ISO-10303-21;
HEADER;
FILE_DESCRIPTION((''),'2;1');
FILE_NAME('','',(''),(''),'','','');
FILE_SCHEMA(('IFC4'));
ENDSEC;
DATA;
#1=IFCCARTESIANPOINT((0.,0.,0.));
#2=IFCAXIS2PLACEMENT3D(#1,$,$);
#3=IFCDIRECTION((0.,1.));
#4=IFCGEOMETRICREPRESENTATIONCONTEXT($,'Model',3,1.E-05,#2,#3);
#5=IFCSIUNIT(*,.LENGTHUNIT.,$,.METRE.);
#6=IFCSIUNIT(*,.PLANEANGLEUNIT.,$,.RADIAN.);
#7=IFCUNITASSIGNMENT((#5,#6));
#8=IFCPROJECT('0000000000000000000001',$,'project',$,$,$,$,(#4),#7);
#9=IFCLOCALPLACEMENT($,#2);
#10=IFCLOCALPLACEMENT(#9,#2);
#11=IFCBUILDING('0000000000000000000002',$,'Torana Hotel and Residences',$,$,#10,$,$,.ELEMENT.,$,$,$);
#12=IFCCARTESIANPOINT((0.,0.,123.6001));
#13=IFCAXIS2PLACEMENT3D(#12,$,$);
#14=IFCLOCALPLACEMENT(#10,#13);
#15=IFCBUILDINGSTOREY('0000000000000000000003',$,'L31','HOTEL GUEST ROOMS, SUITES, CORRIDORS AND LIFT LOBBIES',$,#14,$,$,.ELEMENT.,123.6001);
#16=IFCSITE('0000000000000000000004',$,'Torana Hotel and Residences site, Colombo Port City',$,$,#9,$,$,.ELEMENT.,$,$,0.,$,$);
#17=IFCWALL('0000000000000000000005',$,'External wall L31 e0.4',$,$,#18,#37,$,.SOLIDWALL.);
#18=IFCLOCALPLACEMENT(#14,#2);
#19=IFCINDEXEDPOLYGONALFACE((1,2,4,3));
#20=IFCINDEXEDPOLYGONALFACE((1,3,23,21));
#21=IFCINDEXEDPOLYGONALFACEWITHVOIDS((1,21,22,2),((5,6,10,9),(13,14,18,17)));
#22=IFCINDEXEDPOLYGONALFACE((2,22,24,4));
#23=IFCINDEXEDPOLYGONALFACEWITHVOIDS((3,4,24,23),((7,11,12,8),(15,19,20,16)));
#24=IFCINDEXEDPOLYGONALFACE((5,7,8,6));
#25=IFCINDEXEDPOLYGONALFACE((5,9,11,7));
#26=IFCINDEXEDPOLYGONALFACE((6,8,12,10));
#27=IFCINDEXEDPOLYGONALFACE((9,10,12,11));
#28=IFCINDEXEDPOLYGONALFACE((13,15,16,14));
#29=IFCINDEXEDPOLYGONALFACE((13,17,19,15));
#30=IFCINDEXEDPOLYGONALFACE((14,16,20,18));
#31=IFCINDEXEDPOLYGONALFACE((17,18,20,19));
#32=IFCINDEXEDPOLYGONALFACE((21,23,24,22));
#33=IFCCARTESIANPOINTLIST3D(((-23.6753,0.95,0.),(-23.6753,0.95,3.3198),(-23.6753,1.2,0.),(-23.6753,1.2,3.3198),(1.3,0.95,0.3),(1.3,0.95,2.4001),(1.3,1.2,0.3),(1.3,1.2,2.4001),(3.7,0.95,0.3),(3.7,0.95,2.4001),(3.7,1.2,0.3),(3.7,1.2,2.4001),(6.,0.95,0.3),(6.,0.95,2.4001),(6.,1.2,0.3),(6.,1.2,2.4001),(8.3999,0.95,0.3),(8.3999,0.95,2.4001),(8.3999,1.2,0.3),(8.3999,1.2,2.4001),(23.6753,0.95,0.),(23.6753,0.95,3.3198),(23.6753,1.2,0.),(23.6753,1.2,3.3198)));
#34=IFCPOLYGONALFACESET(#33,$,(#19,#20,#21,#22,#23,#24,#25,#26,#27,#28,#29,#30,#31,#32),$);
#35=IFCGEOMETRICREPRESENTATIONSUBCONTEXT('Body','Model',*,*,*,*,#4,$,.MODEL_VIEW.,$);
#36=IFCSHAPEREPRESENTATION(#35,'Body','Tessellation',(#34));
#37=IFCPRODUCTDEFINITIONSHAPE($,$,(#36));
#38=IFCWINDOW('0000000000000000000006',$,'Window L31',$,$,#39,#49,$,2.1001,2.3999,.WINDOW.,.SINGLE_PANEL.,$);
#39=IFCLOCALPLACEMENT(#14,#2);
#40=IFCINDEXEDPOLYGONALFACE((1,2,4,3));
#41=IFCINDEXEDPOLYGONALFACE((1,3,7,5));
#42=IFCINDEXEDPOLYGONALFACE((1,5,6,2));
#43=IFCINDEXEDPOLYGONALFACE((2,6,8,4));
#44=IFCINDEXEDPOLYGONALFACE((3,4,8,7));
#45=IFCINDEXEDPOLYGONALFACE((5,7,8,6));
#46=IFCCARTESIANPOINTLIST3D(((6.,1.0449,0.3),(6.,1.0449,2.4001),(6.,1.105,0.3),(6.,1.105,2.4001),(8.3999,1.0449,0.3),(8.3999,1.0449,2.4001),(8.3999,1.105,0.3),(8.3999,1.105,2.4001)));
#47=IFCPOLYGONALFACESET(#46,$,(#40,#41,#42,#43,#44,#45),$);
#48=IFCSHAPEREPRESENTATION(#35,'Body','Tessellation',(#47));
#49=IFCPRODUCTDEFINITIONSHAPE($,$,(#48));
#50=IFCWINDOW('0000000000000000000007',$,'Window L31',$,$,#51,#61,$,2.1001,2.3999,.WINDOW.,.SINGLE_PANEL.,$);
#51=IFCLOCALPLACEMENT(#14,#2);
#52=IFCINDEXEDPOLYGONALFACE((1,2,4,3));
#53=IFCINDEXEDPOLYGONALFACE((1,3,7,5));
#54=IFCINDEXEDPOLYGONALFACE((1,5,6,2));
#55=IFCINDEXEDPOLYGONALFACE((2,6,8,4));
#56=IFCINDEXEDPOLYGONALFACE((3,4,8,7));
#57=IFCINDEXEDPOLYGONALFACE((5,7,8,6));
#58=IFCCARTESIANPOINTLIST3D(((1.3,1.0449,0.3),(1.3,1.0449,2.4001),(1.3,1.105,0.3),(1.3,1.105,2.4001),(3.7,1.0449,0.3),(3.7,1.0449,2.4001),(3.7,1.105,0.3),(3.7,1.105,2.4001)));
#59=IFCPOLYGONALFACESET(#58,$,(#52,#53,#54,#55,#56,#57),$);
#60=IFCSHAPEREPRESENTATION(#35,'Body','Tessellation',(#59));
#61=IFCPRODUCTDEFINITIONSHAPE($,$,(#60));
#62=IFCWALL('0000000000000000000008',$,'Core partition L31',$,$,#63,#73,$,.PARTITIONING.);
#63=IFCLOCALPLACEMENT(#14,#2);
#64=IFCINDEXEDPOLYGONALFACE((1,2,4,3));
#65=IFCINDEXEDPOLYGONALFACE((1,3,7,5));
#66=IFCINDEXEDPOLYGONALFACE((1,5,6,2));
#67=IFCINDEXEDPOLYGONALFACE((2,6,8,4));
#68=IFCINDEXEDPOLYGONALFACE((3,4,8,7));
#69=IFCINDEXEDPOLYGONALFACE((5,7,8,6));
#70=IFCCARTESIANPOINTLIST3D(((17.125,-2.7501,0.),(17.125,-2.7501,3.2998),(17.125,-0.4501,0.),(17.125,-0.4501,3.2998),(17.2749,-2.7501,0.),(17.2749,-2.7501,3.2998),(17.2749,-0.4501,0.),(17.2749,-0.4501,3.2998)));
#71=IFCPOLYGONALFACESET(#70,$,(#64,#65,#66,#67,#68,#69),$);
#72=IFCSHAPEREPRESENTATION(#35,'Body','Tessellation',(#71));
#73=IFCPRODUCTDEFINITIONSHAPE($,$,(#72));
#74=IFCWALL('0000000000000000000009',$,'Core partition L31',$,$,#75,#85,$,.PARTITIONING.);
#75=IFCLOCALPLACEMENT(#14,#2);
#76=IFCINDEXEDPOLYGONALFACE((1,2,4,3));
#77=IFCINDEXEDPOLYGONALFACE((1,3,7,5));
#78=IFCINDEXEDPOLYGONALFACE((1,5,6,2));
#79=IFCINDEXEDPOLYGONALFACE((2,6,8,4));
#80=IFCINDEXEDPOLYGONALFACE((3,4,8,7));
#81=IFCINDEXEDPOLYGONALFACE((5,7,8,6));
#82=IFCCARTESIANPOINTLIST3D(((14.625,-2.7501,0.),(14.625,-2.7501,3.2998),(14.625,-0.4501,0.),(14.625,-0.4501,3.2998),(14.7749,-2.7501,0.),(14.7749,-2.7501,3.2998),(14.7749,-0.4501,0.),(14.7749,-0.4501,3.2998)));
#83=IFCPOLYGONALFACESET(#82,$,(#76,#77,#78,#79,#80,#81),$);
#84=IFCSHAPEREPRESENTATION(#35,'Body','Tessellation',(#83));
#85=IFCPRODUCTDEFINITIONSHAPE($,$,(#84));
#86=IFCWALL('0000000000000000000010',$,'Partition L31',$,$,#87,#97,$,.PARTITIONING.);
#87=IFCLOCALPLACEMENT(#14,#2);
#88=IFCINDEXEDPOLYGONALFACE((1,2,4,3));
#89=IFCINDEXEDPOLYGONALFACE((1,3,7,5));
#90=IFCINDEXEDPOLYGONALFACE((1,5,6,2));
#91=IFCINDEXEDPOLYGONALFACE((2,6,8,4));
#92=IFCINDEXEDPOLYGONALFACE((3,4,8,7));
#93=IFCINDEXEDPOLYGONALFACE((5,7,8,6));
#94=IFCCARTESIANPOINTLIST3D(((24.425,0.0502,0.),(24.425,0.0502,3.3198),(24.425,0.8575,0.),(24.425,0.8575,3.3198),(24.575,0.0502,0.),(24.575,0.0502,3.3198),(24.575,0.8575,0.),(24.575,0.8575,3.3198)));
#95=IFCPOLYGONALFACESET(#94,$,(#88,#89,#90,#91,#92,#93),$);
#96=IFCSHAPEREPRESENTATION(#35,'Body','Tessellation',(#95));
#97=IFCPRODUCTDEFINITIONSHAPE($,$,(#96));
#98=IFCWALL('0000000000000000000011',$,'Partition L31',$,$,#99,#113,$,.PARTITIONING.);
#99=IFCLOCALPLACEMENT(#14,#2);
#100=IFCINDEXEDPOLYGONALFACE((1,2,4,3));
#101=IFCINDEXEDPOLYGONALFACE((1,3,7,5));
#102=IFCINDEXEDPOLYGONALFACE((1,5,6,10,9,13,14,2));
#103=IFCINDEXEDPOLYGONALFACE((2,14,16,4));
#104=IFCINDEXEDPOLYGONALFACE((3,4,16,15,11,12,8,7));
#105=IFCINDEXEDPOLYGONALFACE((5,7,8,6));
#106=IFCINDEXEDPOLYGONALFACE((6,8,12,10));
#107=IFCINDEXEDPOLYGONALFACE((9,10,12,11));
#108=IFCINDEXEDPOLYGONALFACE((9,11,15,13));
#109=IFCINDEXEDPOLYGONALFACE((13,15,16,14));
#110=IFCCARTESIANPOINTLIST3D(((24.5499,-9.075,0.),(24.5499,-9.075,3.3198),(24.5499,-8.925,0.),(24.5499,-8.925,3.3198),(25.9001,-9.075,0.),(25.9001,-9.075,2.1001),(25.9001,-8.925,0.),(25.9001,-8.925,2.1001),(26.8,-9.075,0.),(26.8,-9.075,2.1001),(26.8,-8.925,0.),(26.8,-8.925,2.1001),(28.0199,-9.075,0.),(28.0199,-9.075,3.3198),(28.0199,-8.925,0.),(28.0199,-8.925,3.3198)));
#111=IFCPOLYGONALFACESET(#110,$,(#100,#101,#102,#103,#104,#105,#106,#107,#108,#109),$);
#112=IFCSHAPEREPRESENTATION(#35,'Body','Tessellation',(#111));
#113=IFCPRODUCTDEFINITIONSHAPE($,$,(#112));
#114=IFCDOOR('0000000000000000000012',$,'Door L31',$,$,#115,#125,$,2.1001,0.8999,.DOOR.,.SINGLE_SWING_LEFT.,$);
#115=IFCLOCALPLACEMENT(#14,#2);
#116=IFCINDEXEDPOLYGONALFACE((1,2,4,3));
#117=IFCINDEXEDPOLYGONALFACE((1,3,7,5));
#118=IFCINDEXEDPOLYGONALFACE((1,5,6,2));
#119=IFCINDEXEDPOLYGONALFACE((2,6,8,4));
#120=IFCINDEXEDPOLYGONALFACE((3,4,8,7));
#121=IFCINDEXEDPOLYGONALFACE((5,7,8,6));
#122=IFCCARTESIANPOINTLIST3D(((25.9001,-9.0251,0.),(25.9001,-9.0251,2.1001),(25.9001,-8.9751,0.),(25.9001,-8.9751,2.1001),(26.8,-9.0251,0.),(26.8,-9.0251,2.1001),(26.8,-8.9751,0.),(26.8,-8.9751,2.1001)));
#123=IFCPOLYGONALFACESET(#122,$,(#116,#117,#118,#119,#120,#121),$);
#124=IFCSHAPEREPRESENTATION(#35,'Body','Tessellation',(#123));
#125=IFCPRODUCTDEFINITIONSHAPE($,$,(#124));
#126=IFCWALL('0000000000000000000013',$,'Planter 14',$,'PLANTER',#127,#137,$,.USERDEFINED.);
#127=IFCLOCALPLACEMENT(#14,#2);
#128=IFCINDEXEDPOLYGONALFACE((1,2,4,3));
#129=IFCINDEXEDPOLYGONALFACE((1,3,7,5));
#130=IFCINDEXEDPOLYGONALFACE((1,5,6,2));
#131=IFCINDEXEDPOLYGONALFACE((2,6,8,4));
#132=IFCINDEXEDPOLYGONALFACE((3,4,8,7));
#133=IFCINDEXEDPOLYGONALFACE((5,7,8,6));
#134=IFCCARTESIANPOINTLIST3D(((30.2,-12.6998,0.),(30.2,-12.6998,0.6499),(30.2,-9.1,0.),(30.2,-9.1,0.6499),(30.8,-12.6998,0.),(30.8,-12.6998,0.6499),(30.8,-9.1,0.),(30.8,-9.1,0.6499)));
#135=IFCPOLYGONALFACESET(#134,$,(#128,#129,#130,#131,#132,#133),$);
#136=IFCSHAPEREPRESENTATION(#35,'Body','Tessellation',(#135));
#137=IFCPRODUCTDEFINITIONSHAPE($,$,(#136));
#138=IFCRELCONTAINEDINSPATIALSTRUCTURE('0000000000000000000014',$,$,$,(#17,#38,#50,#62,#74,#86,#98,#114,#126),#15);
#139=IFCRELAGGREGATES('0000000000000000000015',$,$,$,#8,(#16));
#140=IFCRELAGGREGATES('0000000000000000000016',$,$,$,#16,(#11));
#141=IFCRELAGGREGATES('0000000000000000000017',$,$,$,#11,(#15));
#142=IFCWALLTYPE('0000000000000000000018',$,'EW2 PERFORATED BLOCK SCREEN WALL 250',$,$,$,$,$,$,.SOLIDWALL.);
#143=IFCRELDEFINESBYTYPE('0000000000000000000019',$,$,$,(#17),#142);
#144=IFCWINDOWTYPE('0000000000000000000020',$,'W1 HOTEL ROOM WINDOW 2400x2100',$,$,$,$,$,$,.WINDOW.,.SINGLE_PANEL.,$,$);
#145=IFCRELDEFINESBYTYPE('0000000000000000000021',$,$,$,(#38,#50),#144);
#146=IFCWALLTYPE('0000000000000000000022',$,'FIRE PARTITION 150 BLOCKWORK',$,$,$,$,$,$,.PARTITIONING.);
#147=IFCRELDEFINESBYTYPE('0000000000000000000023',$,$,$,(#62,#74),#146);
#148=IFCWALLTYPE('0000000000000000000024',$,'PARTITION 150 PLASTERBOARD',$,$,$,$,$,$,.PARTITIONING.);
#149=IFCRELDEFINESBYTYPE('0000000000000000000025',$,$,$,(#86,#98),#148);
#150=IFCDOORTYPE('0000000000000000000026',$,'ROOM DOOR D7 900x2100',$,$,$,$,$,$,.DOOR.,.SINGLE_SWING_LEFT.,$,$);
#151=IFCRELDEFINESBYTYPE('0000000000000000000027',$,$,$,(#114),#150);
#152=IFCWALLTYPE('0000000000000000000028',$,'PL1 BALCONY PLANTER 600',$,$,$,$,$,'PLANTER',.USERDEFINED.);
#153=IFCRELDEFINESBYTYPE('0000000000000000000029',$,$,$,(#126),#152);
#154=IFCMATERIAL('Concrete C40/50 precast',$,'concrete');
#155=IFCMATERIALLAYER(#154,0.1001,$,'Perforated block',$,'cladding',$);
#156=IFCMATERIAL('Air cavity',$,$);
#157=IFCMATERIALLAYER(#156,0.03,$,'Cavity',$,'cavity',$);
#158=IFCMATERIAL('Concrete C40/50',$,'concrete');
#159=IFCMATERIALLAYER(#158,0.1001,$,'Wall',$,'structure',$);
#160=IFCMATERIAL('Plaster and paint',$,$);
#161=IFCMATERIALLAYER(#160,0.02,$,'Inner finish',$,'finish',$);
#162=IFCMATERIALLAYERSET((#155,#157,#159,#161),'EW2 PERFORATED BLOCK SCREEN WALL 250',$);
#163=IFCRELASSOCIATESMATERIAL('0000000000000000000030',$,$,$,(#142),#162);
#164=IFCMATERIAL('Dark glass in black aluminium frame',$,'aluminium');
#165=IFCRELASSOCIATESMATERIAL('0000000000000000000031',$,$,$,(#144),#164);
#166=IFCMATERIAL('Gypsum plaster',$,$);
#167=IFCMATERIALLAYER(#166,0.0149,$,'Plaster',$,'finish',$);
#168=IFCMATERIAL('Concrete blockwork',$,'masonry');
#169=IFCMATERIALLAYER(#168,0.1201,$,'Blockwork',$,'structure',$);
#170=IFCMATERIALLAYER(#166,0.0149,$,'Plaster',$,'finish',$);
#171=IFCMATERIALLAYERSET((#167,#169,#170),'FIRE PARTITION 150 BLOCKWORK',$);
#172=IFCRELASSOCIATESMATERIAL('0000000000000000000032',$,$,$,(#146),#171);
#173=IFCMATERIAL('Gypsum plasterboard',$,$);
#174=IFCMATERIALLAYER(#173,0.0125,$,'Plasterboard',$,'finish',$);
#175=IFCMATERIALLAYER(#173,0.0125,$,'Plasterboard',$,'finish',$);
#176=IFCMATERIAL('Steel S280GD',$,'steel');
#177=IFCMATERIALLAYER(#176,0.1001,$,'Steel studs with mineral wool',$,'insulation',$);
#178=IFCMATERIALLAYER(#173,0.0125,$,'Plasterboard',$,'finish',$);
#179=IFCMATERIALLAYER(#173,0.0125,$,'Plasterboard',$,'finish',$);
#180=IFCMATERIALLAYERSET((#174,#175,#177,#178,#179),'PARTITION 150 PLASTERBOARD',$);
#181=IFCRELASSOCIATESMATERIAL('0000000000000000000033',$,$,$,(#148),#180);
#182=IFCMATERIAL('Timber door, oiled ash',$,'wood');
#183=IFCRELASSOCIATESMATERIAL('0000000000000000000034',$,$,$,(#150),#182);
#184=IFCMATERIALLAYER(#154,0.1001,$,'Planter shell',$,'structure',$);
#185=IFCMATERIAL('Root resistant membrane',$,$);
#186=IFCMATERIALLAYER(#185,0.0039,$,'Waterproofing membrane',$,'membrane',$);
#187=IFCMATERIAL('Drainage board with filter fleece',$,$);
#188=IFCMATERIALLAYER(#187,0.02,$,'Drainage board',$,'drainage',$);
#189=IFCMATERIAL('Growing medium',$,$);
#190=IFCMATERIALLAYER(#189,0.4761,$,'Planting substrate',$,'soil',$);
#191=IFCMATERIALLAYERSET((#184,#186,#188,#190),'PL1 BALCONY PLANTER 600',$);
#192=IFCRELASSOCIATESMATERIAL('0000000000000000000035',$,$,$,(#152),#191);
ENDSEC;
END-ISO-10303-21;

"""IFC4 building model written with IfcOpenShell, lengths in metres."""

from ifc_helpers import new_model, si_unit, direction, frame, frame_2d, origin, place, context, subcontext, project, spatial, rectangle, extrude, material, layer, layer_set, type_object, element, fill, save


model = new_model("IFC4")

# Units and contexts
model_context = context("Model", 3, precision=1e-05, world=origin(), true_north=direction((0.0, 1.0)))
body_context = subcontext(model_context, "Body", "Model", "MODEL_VIEW")
ifc_project = project(units=[si_unit("LENGTHUNIT", "METRE"), si_unit("PLANEANGLEUNIT", "RADIAN")], contexts=[model_context])

# Site, building, storey
site_placement = place(None, origin())
site = spatial("IfcSite", under=ifc_project, at=site_placement, Name="Torana Hotel and Residences site, Colombo Port City", CompositionType="ELEMENT", RefElevation=0.0)
building_placement = place(site_placement, origin())
building = spatial("IfcBuilding", under=site, at=building_placement, Name="Torana Hotel and Residences", CompositionType="ELEMENT")
storey_placement = place(building_placement, frame((0.0, 0.0, 123.6001)))
storey = spatial("IfcBuildingStorey", under=building, at=storey_placement, Name="L31", Description="HOTEL GUEST ROOMS, SUITES, CORRIDORS AND LIFT LOBBIES", CompositionType="ELEMENT", Elevation=123.6001)

# Shared definitions
ifc_material_1 = material(Name="Steel S280GD", Category="steel")

# Wall, openings, windows
ifc_material_2 = material(Name="Concrete C40/50 precast", Category="concrete")
ifc_layer_1 = layer(ifc_material_2, 0.1001, Name="Perforated block", Category="cladding")
ifc_material_3 = material(Name="Air cavity")
ifc_layer_2 = layer(ifc_material_3, 0.03, Name="Cavity", Category="cavity")
ifc_material_4 = material(Name="Concrete C40/50", Category="concrete")
ifc_layer_3 = layer(ifc_material_4, 0.1001, Name="Wall", Category="structure")
ifc_material_5 = material(Name="Plaster and paint")
ifc_layer_4 = layer(ifc_material_5, 0.02, Name="Inner finish", Category="finish")
ifc_layer_set_1 = layer_set([ifc_layer_1, ifc_layer_2, ifc_layer_3, ifc_layer_4], Name="EW2 PERFORATED BLOCK SCREEN WALL 250")
wall_type_1 = type_object("IfcWallType", Name="EW2 PERFORATED BLOCK SCREEN WALL 250", PredefinedType="SOLIDWALL", material=ifc_layer_set_1)
wall_1_placement = place(storey_placement, frame((23.6753, 1.075, 0.0), z_axis=(0.0, 0.0, 1.0), x_axis=(-1.0, 0.0, 0.0)))
wall_1 = element("IfcWall", 1, at=wall_1_placement, inside=storey, type_object=wall_type_1, Name="External wall L31 e0.4", PredefinedType="SOLIDWALL", context=body_context, shape_type="SweptSolid", body=[
    extrude(rectangle(XDim=47.3506, YDim=0.25, at=frame_2d((23.6753, 0.0))), origin(), (0.0, 0.0, 1.0), 3.3198),
])
opening_1_placement = place(wall_1_placement, frame((15.2754, 0.0, 0.3)))
opening_1 = element("IfcOpeningElement", 2, at=opening_1_placement, cuts=wall_1, PredefinedType="OPENING", context=body_context, shape_type="SweptSolid", body=[
    extrude(rectangle(XDim=2.3999, YDim=2.1001, at=frame_2d((1.2, 1.05))), frame((0.0, 0.135, 0.0), z_axis=(0.0, -1.0, 0.0), x_axis=(1.0, 0.0, 0.0)), (0.0, 0.0, 1.0), 0.27),
])
opening_2_placement = place(wall_1_placement, frame((19.9753, 0.0, 0.3)))
opening_2 = element("IfcOpeningElement", 3, at=opening_2_placement, cuts=wall_1, PredefinedType="OPENING", context=body_context, shape_type="SweptSolid", body=[
    extrude(rectangle(XDim=2.3999, YDim=2.1001, at=frame_2d((1.2, 1.05))), frame((0.0, 0.135, 0.0), z_axis=(0.0, -1.0, 0.0), x_axis=(1.0, 0.0, 0.0)), (0.0, 0.0, 1.0), 0.27),
])
ifc_material_6 = material(Name="Dark glass in black aluminium frame", Category="aluminium")
window_type = type_object("IfcWindowType", Name="W1 HOTEL ROOM WINDOW 2400x2100", PartitioningType="SINGLE_PANEL", PredefinedType="WINDOW", material=ifc_material_6)
window_1_placement = place(opening_1_placement, origin())
window_1 = element("IfcWindow", 4, at=window_1_placement, inside=storey, type_object=window_type, Name="Window L31", OverallHeight=2.1001, OverallWidth=2.3999, PartitioningType="SINGLE_PANEL", PredefinedType="WINDOW", context=body_context, shape_type="SweptSolid", body=[
    extrude(rectangle(XDim=2.3999, YDim=2.1001, at=frame_2d((1.2, 1.05))), frame((0.0, 0.03, 0.0), z_axis=(0.0, -1.0, 0.0), x_axis=(1.0, 0.0, 0.0)), (0.0, 0.0, 1.0), 0.0601),
])
fill(opening_1, window_1)
window_2_placement = place(opening_2_placement, origin())
window_2 = element("IfcWindow", 5, at=window_2_placement, inside=storey, type_object=window_type, Name="Window L31", OverallHeight=2.1001, OverallWidth=2.3999, PartitioningType="SINGLE_PANEL", PredefinedType="WINDOW", context=body_context, shape_type="SweptSolid", body=[
    extrude(rectangle(XDim=2.3999, YDim=2.1001, at=frame_2d((1.2, 1.05))), frame((0.0, 0.03, 0.0), z_axis=(0.0, -1.0, 0.0), x_axis=(1.0, 0.0, 0.0)), (0.0, 0.0, 1.0), 0.0601),
])
fill(opening_2, window_2)

# Walls
ifc_material_7 = material(Name="Gypsum plaster")
ifc_layer_5 = layer(ifc_material_7, 0.0149, Name="Plaster", Category="finish")
ifc_material_8 = material(Name="Concrete blockwork", Category="masonry")
ifc_layer_6 = layer(ifc_material_8, 0.1201, Name="Blockwork", Category="structure")
ifc_layer_7 = layer(ifc_material_7, 0.0149, Name="Plaster", Category="finish")
ifc_layer_set_2 = layer_set([ifc_layer_5, ifc_layer_6, ifc_layer_7], Name="FIRE PARTITION 150 BLOCKWORK")
wall_type_2 = type_object("IfcWallType", Name="FIRE PARTITION 150 BLOCKWORK", PredefinedType="PARTITIONING", material=ifc_layer_set_2)
for number, where, z_axis, x_axis, name in (
    (6, (17.2, -2.75, 0.0), (0.0, 0.0, 1.0), (0.0, 1.0, 0.0), "Core partition L31"),
    (7, (14.7, -2.75, 0.0), (0.0, 0.0, 1.0), (0.0, 1.0, 0.0), "Core partition L31"),
):
    element("IfcWall", number, at=place(storey_placement, frame(where, z_axis=z_axis, x_axis=x_axis)), inside=storey, type_object=wall_type_2, Name=name, PredefinedType="PARTITIONING", context=body_context, shape_type="SweptSolid", body=[
        extrude(rectangle(XDim=2.3, YDim=0.1499, at=frame_2d((1.1499, 0.0))), origin(), (0.0, 0.0, 1.0), 3.2998),
    ])
ifc_material_9 = material(Name="Gypsum plasterboard")
ifc_layer_8 = layer(ifc_material_9, 0.0125, Name="Plasterboard", Category="finish")
ifc_layer_9 = layer(ifc_material_9, 0.0125, Name="Plasterboard", Category="finish")
ifc_layer_10 = layer(ifc_material_1, 0.1001, Name="Steel studs with mineral wool", Category="insulation")
ifc_layer_11 = layer(ifc_material_9, 0.0125, Name="Plasterboard", Category="finish")
ifc_layer_12 = layer(ifc_material_9, 0.0125, Name="Plasterboard", Category="finish")
ifc_layer_set_3 = layer_set([ifc_layer_8, ifc_layer_9, ifc_layer_10, ifc_layer_11, ifc_layer_12], Name="PARTITION 150 PLASTERBOARD")
wall_type_3 = type_object("IfcWallType", Name="PARTITION 150 PLASTERBOARD", PredefinedType="PARTITIONING", material=ifc_layer_set_3)
wall_2_placement = place(storey_placement, frame((24.5, 0.05, 0.0), z_axis=(0.0, 0.0, 1.0), x_axis=(0.0, 1.0, 0.0)))
element("IfcWall", 8, at=wall_2_placement, inside=storey, type_object=wall_type_3, Name="Partition L31", PredefinedType="PARTITIONING", context=body_context, shape_type="SweptSolid", body=[
    extrude(rectangle(XDim=0.8074, YDim=0.1499, at=frame_2d((0.4038, 0.0))), origin(), (0.0, 0.0, 1.0), 3.3198),
])

# Wall, opening, door
wall_3_placement = place(storey_placement, frame((24.55, -9.0, 0.0), z_axis=(0.0, 0.0, 1.0), x_axis=(1.0, 0.0, 0.0)))
wall_3 = element("IfcWall", 9, at=wall_3_placement, inside=storey, type_object=wall_type_3, Name="Partition L31", PredefinedType="PARTITIONING", context=body_context, shape_type="SweptSolid", body=[
    extrude(rectangle(XDim=3.47, YDim=0.1499, at=frame_2d((1.7349, 0.0))), origin(), (0.0, 0.0, 1.0), 3.3198),
])
opening_3_placement = place(wall_3_placement, frame((1.3501, 0.0, 0.0)))
opening_3 = element("IfcOpeningElement", 10, at=opening_3_placement, cuts=wall_3, PredefinedType="OPENING", context=body_context, shape_type="SweptSolid", body=[
    extrude(rectangle(XDim=0.8999, YDim=2.1001, at=frame_2d((0.45, 1.05))), frame((0.0, 0.085, 0.0), z_axis=(0.0, -1.0, 0.0), x_axis=(1.0, 0.0, 0.0)), (0.0, 0.0, 1.0), 0.1699),
])
ifc_material_10 = material(Name="Timber door, oiled ash", Category="wood")
door_type = type_object("IfcDoorType", Name="ROOM DOOR D7 900x2100", OperationType="SINGLE_SWING_LEFT", PredefinedType="DOOR", material=ifc_material_10)
door_placement = place(opening_3_placement, origin())
door = element("IfcDoor", 11, at=door_placement, inside=storey, type_object=door_type, Name="Door L31", OperationType="SINGLE_SWING_LEFT", OverallHeight=2.1001, OverallWidth=0.8999, PredefinedType="DOOR", context=body_context, shape_type="SweptSolid", body=[
    extrude(rectangle(XDim=0.8999, YDim=2.1001, at=frame_2d((0.45, 1.05))), frame((0.0, 0.0249, 0.0), z_axis=(0.0, -1.0, 0.0), x_axis=(1.0, 0.0, 0.0)), (0.0, 0.0, 1.0), 0.05),
])
fill(opening_3, door)

# Wall
ifc_layer_13 = layer(ifc_material_2, 0.1001, Name="Planter shell", Category="structure")
ifc_material_11 = material(Name="Root resistant membrane")
ifc_layer_14 = layer(ifc_material_11, 0.0039, Name="Waterproofing membrane", Category="membrane")
ifc_material_12 = material(Name="Drainage board with filter fleece")
ifc_layer_15 = layer(ifc_material_12, 0.02, Name="Drainage board", Category="drainage")
ifc_material_13 = material(Name="Growing medium")
ifc_layer_16 = layer(ifc_material_13, 0.4761, Name="Planting substrate", Category="soil")
ifc_layer_set_4 = layer_set([ifc_layer_13, ifc_layer_14, ifc_layer_15, ifc_layer_16], Name="PL1 BALCONY PLANTER 600")
wall_type_4 = type_object("IfcWallType", Name="PL1 BALCONY PLANTER 600", ElementType="PLANTER", PredefinedType="USERDEFINED", material=ifc_layer_set_4)
wall_4_placement = place(storey_placement, frame((30.5, -9.1001, 0.0), z_axis=(0.0, 0.0, 1.0), x_axis=(0.0, -1.0, 0.0)))
element("IfcWall", 12, at=wall_4_placement, inside=storey, type_object=wall_type_4, Name="Planter 14", ObjectType="PLANTER", PredefinedType="USERDEFINED", context=body_context, shape_type="SweptSolid", body=[
    extrude(rectangle(XDim=3.5999, YDim=0.6001, at=frame_2d((1.7998, 0.0))), origin(), (0.0, 0.0, 1.0), 0.6499),
])

save(model, "model.ifc")
